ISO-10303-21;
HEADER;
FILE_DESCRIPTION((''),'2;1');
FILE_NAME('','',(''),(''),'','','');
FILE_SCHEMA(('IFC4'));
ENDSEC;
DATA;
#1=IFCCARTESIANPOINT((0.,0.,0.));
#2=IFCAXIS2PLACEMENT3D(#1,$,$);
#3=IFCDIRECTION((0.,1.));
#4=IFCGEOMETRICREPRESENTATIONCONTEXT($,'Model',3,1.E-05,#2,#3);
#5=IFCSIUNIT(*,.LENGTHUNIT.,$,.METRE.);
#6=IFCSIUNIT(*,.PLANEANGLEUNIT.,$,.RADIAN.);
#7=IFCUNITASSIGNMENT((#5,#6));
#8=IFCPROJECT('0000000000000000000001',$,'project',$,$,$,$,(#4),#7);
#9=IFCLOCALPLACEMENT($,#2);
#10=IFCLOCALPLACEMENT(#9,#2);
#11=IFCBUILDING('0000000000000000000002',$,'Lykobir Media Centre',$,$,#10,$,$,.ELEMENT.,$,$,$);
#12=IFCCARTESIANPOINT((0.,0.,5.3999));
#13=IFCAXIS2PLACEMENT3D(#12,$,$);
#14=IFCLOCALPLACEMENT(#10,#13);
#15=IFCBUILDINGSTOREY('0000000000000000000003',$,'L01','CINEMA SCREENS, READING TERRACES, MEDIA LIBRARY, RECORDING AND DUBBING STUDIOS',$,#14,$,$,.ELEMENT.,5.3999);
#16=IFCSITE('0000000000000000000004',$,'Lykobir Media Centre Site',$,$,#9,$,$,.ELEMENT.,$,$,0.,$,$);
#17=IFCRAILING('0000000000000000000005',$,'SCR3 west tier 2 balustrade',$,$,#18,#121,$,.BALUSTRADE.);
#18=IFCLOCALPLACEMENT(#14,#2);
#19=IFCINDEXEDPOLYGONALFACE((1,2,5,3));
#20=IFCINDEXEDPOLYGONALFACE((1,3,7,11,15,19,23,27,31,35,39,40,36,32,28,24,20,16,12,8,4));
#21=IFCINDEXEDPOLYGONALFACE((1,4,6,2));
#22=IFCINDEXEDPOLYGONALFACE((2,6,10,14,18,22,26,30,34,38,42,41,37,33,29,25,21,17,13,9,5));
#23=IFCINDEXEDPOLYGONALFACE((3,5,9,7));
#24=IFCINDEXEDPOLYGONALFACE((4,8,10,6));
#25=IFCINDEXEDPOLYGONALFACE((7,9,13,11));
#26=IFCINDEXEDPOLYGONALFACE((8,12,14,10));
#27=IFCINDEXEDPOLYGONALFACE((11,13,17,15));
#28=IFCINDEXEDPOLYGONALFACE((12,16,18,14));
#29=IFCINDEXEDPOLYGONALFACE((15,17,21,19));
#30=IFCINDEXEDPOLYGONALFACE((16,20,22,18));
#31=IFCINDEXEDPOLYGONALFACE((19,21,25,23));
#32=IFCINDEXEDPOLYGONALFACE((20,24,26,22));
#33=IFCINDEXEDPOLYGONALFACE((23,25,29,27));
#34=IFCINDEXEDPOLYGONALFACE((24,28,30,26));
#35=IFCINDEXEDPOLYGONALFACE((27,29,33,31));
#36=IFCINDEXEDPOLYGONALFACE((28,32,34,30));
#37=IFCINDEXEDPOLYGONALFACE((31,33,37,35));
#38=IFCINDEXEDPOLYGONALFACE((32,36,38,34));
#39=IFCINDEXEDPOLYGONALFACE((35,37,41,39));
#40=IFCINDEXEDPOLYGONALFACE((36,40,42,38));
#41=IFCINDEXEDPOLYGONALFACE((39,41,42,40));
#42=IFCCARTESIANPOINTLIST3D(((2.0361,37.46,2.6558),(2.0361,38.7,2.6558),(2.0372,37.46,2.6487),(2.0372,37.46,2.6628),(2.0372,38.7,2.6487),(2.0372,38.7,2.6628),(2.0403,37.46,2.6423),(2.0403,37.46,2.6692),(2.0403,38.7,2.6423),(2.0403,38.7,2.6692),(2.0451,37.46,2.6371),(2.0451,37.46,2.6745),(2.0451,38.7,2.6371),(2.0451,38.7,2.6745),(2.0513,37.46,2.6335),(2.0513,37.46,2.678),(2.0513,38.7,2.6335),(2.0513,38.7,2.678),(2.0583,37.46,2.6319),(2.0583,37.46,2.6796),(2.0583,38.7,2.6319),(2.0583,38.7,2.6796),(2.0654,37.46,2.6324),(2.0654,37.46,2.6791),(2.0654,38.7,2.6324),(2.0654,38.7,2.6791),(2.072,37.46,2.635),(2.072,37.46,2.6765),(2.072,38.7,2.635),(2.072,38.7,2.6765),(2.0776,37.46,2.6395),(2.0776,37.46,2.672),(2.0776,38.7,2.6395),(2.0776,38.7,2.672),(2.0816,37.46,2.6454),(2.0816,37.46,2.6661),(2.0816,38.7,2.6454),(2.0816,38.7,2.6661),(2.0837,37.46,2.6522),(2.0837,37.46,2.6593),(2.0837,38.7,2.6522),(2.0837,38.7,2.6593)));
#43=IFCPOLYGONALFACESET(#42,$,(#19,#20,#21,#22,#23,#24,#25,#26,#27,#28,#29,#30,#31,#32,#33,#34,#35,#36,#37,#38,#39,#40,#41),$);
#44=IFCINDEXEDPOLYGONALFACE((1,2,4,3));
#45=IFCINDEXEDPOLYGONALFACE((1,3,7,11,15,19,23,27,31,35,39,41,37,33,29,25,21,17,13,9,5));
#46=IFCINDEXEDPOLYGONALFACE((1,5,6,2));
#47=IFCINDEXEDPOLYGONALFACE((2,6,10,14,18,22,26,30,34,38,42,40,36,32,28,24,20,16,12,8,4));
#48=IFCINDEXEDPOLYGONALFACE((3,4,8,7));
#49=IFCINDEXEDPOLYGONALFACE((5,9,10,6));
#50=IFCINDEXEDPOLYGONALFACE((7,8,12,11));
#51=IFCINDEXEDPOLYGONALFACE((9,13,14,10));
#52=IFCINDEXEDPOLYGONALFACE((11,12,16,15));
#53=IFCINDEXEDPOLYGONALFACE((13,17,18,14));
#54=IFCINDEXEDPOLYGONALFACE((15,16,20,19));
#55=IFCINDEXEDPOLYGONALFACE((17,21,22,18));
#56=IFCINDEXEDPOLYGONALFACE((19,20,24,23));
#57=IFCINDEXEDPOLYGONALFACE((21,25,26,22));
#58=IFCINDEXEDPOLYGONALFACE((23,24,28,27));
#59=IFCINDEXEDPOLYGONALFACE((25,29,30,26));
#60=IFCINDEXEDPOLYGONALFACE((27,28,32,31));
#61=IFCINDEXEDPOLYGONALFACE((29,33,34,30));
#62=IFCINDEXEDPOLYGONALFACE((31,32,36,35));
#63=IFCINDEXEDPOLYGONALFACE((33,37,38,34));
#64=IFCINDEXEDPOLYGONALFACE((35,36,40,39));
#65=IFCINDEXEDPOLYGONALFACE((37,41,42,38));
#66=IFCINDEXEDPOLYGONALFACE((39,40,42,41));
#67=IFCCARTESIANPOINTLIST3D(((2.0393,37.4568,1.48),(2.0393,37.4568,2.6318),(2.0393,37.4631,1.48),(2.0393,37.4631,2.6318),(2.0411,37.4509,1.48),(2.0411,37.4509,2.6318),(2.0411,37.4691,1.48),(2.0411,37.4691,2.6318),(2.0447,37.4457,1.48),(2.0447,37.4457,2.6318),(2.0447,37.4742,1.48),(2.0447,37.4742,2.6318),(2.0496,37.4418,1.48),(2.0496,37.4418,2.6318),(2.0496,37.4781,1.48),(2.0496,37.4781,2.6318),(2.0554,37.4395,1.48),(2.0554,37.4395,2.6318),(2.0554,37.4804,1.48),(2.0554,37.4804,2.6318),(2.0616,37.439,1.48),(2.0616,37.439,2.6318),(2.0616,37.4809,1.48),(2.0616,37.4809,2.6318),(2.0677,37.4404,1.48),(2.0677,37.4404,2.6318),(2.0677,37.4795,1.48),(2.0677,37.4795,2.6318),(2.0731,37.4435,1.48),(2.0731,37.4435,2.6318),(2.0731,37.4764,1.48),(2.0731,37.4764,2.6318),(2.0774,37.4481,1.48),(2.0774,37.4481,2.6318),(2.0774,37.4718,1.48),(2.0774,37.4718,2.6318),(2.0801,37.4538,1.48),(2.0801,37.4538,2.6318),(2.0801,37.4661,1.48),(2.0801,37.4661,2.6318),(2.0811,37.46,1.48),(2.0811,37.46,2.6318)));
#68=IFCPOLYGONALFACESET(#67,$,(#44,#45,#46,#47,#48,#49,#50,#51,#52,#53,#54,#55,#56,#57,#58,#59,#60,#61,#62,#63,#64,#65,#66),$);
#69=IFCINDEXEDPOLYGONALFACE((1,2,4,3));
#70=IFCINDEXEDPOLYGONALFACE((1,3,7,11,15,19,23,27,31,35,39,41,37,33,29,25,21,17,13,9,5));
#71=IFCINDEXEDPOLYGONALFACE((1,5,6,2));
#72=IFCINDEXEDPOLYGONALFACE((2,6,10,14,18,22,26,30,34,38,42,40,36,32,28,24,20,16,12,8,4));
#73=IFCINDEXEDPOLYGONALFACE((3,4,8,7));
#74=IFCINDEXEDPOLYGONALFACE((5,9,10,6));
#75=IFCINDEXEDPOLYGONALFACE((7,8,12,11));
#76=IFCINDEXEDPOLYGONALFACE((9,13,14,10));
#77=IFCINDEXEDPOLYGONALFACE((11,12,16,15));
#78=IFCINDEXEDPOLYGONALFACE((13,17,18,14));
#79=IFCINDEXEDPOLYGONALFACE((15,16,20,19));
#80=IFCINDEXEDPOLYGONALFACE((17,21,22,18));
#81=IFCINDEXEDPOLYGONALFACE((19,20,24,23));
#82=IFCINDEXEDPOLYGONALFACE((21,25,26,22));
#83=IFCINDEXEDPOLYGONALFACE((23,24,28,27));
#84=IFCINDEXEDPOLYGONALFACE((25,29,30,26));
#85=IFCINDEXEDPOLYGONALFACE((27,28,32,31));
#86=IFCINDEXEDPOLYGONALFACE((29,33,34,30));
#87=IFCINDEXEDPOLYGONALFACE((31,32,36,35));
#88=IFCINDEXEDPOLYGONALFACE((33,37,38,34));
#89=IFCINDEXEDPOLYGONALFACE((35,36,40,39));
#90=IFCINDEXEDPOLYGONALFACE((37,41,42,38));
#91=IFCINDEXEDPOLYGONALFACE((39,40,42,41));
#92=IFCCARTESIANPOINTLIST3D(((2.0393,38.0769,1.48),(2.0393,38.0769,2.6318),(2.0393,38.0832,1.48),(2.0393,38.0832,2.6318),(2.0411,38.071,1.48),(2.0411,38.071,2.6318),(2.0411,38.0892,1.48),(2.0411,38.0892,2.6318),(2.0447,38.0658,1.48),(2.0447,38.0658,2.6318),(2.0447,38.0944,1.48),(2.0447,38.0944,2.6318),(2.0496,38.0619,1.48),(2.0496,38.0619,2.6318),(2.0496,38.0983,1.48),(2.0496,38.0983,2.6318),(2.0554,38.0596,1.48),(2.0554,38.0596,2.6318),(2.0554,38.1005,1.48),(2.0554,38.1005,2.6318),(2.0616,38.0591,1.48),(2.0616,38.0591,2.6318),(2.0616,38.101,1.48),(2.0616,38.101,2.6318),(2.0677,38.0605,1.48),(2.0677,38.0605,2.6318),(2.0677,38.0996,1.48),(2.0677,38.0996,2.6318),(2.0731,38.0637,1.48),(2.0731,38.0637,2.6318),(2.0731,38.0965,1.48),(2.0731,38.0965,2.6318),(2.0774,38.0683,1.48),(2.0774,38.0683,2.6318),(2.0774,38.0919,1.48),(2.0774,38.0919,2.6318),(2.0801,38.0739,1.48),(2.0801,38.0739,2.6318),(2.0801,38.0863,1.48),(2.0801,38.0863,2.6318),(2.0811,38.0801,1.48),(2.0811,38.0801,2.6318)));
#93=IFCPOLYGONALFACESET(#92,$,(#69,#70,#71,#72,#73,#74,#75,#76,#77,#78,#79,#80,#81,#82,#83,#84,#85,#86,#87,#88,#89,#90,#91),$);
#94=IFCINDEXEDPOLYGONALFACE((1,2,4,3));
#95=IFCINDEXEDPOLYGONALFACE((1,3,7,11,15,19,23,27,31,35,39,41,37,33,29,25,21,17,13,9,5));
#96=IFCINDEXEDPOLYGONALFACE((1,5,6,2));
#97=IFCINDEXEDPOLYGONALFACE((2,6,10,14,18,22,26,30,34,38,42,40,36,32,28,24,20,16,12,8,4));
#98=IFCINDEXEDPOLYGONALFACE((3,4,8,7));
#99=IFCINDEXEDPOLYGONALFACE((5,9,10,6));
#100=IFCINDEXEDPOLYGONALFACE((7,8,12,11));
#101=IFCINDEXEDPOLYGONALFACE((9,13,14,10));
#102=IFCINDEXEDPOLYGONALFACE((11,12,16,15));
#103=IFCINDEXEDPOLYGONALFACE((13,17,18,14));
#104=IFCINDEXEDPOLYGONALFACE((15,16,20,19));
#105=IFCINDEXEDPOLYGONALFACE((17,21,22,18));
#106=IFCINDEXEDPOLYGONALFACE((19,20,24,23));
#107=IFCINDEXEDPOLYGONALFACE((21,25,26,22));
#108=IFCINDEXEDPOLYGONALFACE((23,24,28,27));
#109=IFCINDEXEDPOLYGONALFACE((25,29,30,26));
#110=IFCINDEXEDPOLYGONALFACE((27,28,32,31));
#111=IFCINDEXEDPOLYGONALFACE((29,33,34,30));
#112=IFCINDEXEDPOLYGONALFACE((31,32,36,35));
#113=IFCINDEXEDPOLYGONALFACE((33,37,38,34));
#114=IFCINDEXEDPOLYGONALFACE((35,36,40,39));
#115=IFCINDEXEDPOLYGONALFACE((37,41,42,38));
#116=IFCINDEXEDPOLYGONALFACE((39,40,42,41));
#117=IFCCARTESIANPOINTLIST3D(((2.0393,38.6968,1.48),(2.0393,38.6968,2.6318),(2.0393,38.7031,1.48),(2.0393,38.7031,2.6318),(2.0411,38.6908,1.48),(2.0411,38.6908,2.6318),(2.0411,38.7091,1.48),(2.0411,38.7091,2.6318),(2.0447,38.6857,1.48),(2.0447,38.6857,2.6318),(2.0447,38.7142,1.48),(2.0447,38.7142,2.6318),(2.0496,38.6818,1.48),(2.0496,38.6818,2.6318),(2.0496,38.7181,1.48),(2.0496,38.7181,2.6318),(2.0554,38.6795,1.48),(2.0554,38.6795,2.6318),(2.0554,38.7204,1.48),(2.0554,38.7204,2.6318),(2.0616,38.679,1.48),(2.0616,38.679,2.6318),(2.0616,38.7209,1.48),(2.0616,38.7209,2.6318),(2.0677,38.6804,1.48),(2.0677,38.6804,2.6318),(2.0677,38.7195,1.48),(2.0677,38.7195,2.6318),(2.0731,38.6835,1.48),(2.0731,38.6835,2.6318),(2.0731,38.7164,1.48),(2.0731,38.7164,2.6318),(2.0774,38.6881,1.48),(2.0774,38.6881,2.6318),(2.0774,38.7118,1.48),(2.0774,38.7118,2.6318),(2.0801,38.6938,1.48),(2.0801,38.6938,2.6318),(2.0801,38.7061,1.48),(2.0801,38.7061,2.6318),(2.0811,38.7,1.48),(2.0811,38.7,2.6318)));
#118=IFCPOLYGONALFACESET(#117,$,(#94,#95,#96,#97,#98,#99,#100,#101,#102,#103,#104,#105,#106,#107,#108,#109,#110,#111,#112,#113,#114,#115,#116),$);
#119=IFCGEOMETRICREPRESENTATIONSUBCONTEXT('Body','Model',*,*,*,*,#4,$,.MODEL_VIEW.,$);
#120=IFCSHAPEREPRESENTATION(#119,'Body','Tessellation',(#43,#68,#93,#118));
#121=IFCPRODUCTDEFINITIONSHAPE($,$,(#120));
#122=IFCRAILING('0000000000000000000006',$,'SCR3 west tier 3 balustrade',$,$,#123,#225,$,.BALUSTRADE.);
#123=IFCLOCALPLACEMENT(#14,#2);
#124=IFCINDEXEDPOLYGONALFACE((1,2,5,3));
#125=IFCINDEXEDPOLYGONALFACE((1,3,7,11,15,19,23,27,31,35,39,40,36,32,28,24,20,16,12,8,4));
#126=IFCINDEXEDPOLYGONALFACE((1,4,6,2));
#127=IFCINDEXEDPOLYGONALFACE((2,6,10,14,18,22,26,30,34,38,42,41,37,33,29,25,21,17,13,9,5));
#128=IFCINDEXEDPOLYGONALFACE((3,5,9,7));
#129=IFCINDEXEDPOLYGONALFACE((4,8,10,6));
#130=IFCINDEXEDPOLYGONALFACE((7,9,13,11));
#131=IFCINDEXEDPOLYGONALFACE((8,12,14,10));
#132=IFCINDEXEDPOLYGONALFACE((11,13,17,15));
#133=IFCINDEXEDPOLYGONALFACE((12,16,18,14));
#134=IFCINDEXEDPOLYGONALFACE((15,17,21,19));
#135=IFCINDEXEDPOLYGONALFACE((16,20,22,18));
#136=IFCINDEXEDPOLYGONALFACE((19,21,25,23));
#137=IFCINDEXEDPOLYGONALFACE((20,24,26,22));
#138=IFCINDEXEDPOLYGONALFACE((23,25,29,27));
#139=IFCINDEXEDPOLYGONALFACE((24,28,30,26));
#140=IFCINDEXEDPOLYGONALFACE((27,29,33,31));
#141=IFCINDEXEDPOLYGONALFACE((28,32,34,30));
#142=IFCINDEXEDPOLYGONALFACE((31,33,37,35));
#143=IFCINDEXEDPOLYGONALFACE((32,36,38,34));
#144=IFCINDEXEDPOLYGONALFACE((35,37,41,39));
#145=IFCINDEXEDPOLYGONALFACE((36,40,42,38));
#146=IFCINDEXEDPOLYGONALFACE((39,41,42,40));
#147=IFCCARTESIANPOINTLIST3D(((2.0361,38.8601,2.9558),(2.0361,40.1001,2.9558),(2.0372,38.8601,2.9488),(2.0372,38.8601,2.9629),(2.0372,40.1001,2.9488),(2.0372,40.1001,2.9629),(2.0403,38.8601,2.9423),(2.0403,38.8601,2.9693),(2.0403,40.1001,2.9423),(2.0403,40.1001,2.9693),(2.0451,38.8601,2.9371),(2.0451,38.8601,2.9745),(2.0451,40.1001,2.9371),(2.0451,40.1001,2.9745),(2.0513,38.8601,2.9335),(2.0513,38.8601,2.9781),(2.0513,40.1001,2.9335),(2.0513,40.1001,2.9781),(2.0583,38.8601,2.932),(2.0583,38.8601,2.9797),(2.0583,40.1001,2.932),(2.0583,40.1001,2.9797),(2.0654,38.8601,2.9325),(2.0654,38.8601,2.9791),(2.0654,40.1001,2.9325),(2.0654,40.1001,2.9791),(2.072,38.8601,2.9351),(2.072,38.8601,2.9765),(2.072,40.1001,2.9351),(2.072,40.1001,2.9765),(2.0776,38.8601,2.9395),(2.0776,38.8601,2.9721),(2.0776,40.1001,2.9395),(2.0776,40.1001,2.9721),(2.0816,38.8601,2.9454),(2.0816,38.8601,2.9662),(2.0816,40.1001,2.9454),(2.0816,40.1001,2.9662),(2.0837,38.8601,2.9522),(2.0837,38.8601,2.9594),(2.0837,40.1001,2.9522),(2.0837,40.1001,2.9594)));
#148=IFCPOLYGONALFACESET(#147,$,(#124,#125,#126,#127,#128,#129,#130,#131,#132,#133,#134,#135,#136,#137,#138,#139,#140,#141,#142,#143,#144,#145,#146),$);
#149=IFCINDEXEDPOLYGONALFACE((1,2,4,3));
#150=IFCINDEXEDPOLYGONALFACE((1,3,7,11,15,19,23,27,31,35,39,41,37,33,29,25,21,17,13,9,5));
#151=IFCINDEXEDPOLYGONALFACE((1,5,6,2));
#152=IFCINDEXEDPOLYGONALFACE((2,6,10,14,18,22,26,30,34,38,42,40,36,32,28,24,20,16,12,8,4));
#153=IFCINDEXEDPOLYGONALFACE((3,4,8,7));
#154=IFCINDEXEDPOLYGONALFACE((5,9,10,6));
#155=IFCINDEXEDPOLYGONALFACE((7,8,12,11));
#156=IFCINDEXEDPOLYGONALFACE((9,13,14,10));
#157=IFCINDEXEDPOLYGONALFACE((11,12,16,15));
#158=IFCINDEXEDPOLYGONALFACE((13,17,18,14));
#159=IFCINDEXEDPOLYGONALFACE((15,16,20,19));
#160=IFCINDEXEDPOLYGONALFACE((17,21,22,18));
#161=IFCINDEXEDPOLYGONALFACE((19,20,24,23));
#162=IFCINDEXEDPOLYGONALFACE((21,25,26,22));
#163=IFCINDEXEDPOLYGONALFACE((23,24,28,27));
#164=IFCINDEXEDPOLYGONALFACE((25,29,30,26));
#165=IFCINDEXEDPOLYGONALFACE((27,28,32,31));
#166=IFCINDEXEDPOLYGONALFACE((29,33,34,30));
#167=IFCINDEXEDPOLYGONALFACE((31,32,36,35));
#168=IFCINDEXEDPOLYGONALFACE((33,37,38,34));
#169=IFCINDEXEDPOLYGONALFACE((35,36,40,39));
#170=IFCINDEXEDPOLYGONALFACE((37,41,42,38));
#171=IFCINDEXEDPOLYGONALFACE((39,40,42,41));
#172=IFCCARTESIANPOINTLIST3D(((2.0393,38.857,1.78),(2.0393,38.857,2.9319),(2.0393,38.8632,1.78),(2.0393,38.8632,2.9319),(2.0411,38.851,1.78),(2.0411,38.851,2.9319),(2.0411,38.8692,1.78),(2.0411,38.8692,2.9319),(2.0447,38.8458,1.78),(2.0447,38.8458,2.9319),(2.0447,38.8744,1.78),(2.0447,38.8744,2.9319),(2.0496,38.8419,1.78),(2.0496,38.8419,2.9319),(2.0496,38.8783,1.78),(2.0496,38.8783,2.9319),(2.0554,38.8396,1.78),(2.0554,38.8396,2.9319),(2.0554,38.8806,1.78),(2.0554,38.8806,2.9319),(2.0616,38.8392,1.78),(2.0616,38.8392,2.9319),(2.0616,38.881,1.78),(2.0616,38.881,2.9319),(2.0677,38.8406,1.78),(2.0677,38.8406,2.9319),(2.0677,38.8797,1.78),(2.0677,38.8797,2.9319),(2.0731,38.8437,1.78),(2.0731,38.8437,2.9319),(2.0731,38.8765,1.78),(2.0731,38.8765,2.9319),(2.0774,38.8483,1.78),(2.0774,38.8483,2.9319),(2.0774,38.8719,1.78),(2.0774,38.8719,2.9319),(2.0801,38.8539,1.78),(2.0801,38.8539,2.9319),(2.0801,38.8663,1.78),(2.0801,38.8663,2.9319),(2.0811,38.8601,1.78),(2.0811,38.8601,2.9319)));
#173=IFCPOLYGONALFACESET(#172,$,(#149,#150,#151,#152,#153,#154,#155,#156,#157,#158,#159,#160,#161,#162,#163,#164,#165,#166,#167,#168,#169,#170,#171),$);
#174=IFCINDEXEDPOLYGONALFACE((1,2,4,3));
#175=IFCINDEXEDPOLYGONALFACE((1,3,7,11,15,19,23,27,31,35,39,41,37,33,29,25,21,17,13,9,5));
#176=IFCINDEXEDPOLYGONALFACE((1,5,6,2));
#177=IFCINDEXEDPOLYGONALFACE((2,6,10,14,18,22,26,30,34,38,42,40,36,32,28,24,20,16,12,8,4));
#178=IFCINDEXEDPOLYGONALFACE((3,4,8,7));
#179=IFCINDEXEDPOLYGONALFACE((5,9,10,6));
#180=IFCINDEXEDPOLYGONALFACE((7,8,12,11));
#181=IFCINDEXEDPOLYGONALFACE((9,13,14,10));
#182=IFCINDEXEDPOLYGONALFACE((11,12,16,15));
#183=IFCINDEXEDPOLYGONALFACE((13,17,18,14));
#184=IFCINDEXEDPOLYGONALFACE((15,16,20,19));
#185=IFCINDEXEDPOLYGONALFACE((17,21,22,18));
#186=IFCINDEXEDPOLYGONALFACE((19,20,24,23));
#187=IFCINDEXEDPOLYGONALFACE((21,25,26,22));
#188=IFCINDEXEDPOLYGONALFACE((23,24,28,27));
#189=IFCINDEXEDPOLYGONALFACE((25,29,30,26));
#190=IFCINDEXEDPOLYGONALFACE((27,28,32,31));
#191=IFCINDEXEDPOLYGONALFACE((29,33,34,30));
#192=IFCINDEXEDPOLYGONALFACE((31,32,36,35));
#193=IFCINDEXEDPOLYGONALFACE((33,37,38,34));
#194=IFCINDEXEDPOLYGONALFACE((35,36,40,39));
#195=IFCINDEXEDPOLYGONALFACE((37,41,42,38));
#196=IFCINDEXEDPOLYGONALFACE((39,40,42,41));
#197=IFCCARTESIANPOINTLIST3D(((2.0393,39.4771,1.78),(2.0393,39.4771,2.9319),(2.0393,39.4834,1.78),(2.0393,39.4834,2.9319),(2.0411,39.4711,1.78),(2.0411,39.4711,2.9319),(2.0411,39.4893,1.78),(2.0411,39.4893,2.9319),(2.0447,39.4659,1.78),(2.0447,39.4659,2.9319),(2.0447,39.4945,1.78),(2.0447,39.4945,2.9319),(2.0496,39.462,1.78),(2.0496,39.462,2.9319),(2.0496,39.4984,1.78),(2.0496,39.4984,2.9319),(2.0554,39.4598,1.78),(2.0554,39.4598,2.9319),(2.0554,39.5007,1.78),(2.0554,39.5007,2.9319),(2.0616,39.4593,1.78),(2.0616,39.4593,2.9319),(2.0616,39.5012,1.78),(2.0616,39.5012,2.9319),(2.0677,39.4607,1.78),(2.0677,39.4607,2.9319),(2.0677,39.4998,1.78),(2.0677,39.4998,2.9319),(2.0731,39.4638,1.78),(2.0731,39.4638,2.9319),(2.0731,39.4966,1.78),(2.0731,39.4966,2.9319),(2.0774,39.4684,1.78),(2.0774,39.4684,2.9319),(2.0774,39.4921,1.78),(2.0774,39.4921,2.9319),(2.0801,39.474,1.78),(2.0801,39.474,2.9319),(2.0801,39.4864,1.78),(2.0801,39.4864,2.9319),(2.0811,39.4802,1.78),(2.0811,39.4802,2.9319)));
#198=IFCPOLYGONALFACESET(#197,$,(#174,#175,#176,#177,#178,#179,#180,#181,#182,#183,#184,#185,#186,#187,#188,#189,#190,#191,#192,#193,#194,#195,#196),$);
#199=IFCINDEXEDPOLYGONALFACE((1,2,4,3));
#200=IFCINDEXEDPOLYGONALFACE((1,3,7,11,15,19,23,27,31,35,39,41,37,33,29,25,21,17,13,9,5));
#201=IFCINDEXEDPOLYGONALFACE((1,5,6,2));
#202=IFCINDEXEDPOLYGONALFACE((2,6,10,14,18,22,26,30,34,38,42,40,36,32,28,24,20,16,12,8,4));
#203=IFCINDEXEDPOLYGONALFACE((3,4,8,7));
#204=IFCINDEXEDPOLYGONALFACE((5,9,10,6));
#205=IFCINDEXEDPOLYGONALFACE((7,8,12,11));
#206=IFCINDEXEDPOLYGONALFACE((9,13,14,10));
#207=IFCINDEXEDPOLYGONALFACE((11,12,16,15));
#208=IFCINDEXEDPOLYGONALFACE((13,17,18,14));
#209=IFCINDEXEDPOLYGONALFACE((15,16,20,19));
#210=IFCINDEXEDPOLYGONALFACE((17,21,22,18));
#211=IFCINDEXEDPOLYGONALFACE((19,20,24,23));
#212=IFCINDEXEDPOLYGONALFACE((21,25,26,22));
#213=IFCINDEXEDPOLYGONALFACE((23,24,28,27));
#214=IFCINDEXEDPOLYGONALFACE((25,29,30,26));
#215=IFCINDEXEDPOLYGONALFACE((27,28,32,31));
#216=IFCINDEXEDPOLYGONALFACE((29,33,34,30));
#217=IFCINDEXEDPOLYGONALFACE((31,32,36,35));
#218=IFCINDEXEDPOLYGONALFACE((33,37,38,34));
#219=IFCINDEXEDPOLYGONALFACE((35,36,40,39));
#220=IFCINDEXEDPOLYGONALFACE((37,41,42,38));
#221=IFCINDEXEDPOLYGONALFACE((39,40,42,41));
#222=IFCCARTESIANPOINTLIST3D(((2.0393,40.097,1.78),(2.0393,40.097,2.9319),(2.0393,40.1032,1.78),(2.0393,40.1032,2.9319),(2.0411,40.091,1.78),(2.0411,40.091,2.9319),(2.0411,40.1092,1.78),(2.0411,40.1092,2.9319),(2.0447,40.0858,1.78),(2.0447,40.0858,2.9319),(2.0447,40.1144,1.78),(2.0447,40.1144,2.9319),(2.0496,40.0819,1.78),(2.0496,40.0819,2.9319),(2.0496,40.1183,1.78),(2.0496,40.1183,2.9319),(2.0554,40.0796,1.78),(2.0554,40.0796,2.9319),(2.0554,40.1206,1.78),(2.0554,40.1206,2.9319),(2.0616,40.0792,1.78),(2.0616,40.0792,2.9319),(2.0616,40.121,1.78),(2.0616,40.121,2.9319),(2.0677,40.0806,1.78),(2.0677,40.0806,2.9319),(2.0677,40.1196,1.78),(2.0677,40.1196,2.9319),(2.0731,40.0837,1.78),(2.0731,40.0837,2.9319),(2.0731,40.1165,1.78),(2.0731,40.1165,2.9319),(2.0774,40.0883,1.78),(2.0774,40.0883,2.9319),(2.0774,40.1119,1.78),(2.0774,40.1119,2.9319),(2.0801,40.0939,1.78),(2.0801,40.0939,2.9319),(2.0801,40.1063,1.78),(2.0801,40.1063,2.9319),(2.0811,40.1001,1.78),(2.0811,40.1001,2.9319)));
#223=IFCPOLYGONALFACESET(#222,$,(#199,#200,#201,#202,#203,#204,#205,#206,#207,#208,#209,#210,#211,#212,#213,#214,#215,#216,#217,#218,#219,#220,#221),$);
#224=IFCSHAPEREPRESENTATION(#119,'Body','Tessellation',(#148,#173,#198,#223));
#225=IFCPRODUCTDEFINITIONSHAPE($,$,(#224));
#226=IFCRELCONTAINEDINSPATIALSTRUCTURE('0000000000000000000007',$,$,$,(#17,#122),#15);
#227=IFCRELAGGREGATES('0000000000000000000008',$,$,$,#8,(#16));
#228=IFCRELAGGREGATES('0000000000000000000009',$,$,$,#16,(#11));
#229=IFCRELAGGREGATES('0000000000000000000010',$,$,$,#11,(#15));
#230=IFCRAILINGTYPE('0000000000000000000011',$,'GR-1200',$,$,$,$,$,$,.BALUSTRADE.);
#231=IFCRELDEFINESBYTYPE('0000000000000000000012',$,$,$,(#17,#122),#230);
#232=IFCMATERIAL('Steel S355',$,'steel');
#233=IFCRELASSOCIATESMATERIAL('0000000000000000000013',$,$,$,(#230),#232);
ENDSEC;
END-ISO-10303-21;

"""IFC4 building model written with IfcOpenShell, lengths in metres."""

from ifc_helpers import new_model, si_unit, direction, frame, origin, origin_2d, place, context, subcontext, project, spatial, circle, extrude, material, type_object, element, save


model = new_model("IFC4")

# Units and contexts
model_context = context("Model", 3, precision=1e-05, world=origin(), true_north=direction((0.0, 1.0)))
body_context = subcontext(model_context, "Body", "Model", "MODEL_VIEW")
ifc_project = project(units=[si_unit("LENGTHUNIT", "METRE"), si_unit("PLANEANGLEUNIT", "RADIAN")], contexts=[model_context])

# Site, building, storey
site_placement = place(None, origin())
site = spatial("IfcSite", under=ifc_project, at=site_placement, Name="Lykobir Media Centre Site", CompositionType="ELEMENT", RefElevation=0.0)
building_placement = place(site_placement, origin())
building = spatial("IfcBuilding", under=site, at=building_placement, Name="Lykobir Media Centre", CompositionType="ELEMENT")
storey_placement = place(building_placement, frame((0.0, 0.0, 5.3999)))
storey = spatial("IfcBuildingStorey", under=building, at=storey_placement, Name="L01", Description="CINEMA SCREENS, READING TERRACES, MEDIA LIBRARY, RECORDING AND DUBBING STUDIOS", CompositionType="ELEMENT", Elevation=5.3999)

# Shared definitions
ifc_material_1 = material(Name="Steel S355", Category="steel")

# Railings
railing_type = type_object("IfcRailingType", Name="GR-1200", PredefinedType="BALUSTRADE", material=ifc_material_1)
for number, where, name in (
    (1, (2.0601, 37.46, 1.48), "SCR3 west tier 2 balustrade"),
    (2, (2.0601, 38.8601, 1.78), "SCR3 west tier 3 balustrade"),
):
    element("IfcRailing", number, at=place(storey_placement, frame(where)), inside=storey, type_object=railing_type, Name=name, PredefinedType="BALUSTRADE", context=body_context, shape_type="SweptSolid", body=[
        extrude(circle(Radius=0.0239, at=origin_2d()), frame((0.0, 0.0, 1.1758), z_axis=(0.0, 1.0, 0.0), x_axis=(-1.0, 0.0, 0.0)), (0.0, 0.0, 1.0), 1.24),
        extrude(circle(Radius=0.021, at=origin_2d()), origin(), (0.0, 0.0, 1.0), 1.1519),
        extrude(circle(Radius=0.021, at=origin_2d()), frame((0.0, 0.6201, 0.0)), (0.0, 0.0, 1.0), 1.1519),
        extrude(circle(Radius=0.021, at=origin_2d()), frame((0.0, 1.24, 0.0)), (0.0, 0.0, 1.0), 1.1519),
    ])

save(model, "model.ifc")
